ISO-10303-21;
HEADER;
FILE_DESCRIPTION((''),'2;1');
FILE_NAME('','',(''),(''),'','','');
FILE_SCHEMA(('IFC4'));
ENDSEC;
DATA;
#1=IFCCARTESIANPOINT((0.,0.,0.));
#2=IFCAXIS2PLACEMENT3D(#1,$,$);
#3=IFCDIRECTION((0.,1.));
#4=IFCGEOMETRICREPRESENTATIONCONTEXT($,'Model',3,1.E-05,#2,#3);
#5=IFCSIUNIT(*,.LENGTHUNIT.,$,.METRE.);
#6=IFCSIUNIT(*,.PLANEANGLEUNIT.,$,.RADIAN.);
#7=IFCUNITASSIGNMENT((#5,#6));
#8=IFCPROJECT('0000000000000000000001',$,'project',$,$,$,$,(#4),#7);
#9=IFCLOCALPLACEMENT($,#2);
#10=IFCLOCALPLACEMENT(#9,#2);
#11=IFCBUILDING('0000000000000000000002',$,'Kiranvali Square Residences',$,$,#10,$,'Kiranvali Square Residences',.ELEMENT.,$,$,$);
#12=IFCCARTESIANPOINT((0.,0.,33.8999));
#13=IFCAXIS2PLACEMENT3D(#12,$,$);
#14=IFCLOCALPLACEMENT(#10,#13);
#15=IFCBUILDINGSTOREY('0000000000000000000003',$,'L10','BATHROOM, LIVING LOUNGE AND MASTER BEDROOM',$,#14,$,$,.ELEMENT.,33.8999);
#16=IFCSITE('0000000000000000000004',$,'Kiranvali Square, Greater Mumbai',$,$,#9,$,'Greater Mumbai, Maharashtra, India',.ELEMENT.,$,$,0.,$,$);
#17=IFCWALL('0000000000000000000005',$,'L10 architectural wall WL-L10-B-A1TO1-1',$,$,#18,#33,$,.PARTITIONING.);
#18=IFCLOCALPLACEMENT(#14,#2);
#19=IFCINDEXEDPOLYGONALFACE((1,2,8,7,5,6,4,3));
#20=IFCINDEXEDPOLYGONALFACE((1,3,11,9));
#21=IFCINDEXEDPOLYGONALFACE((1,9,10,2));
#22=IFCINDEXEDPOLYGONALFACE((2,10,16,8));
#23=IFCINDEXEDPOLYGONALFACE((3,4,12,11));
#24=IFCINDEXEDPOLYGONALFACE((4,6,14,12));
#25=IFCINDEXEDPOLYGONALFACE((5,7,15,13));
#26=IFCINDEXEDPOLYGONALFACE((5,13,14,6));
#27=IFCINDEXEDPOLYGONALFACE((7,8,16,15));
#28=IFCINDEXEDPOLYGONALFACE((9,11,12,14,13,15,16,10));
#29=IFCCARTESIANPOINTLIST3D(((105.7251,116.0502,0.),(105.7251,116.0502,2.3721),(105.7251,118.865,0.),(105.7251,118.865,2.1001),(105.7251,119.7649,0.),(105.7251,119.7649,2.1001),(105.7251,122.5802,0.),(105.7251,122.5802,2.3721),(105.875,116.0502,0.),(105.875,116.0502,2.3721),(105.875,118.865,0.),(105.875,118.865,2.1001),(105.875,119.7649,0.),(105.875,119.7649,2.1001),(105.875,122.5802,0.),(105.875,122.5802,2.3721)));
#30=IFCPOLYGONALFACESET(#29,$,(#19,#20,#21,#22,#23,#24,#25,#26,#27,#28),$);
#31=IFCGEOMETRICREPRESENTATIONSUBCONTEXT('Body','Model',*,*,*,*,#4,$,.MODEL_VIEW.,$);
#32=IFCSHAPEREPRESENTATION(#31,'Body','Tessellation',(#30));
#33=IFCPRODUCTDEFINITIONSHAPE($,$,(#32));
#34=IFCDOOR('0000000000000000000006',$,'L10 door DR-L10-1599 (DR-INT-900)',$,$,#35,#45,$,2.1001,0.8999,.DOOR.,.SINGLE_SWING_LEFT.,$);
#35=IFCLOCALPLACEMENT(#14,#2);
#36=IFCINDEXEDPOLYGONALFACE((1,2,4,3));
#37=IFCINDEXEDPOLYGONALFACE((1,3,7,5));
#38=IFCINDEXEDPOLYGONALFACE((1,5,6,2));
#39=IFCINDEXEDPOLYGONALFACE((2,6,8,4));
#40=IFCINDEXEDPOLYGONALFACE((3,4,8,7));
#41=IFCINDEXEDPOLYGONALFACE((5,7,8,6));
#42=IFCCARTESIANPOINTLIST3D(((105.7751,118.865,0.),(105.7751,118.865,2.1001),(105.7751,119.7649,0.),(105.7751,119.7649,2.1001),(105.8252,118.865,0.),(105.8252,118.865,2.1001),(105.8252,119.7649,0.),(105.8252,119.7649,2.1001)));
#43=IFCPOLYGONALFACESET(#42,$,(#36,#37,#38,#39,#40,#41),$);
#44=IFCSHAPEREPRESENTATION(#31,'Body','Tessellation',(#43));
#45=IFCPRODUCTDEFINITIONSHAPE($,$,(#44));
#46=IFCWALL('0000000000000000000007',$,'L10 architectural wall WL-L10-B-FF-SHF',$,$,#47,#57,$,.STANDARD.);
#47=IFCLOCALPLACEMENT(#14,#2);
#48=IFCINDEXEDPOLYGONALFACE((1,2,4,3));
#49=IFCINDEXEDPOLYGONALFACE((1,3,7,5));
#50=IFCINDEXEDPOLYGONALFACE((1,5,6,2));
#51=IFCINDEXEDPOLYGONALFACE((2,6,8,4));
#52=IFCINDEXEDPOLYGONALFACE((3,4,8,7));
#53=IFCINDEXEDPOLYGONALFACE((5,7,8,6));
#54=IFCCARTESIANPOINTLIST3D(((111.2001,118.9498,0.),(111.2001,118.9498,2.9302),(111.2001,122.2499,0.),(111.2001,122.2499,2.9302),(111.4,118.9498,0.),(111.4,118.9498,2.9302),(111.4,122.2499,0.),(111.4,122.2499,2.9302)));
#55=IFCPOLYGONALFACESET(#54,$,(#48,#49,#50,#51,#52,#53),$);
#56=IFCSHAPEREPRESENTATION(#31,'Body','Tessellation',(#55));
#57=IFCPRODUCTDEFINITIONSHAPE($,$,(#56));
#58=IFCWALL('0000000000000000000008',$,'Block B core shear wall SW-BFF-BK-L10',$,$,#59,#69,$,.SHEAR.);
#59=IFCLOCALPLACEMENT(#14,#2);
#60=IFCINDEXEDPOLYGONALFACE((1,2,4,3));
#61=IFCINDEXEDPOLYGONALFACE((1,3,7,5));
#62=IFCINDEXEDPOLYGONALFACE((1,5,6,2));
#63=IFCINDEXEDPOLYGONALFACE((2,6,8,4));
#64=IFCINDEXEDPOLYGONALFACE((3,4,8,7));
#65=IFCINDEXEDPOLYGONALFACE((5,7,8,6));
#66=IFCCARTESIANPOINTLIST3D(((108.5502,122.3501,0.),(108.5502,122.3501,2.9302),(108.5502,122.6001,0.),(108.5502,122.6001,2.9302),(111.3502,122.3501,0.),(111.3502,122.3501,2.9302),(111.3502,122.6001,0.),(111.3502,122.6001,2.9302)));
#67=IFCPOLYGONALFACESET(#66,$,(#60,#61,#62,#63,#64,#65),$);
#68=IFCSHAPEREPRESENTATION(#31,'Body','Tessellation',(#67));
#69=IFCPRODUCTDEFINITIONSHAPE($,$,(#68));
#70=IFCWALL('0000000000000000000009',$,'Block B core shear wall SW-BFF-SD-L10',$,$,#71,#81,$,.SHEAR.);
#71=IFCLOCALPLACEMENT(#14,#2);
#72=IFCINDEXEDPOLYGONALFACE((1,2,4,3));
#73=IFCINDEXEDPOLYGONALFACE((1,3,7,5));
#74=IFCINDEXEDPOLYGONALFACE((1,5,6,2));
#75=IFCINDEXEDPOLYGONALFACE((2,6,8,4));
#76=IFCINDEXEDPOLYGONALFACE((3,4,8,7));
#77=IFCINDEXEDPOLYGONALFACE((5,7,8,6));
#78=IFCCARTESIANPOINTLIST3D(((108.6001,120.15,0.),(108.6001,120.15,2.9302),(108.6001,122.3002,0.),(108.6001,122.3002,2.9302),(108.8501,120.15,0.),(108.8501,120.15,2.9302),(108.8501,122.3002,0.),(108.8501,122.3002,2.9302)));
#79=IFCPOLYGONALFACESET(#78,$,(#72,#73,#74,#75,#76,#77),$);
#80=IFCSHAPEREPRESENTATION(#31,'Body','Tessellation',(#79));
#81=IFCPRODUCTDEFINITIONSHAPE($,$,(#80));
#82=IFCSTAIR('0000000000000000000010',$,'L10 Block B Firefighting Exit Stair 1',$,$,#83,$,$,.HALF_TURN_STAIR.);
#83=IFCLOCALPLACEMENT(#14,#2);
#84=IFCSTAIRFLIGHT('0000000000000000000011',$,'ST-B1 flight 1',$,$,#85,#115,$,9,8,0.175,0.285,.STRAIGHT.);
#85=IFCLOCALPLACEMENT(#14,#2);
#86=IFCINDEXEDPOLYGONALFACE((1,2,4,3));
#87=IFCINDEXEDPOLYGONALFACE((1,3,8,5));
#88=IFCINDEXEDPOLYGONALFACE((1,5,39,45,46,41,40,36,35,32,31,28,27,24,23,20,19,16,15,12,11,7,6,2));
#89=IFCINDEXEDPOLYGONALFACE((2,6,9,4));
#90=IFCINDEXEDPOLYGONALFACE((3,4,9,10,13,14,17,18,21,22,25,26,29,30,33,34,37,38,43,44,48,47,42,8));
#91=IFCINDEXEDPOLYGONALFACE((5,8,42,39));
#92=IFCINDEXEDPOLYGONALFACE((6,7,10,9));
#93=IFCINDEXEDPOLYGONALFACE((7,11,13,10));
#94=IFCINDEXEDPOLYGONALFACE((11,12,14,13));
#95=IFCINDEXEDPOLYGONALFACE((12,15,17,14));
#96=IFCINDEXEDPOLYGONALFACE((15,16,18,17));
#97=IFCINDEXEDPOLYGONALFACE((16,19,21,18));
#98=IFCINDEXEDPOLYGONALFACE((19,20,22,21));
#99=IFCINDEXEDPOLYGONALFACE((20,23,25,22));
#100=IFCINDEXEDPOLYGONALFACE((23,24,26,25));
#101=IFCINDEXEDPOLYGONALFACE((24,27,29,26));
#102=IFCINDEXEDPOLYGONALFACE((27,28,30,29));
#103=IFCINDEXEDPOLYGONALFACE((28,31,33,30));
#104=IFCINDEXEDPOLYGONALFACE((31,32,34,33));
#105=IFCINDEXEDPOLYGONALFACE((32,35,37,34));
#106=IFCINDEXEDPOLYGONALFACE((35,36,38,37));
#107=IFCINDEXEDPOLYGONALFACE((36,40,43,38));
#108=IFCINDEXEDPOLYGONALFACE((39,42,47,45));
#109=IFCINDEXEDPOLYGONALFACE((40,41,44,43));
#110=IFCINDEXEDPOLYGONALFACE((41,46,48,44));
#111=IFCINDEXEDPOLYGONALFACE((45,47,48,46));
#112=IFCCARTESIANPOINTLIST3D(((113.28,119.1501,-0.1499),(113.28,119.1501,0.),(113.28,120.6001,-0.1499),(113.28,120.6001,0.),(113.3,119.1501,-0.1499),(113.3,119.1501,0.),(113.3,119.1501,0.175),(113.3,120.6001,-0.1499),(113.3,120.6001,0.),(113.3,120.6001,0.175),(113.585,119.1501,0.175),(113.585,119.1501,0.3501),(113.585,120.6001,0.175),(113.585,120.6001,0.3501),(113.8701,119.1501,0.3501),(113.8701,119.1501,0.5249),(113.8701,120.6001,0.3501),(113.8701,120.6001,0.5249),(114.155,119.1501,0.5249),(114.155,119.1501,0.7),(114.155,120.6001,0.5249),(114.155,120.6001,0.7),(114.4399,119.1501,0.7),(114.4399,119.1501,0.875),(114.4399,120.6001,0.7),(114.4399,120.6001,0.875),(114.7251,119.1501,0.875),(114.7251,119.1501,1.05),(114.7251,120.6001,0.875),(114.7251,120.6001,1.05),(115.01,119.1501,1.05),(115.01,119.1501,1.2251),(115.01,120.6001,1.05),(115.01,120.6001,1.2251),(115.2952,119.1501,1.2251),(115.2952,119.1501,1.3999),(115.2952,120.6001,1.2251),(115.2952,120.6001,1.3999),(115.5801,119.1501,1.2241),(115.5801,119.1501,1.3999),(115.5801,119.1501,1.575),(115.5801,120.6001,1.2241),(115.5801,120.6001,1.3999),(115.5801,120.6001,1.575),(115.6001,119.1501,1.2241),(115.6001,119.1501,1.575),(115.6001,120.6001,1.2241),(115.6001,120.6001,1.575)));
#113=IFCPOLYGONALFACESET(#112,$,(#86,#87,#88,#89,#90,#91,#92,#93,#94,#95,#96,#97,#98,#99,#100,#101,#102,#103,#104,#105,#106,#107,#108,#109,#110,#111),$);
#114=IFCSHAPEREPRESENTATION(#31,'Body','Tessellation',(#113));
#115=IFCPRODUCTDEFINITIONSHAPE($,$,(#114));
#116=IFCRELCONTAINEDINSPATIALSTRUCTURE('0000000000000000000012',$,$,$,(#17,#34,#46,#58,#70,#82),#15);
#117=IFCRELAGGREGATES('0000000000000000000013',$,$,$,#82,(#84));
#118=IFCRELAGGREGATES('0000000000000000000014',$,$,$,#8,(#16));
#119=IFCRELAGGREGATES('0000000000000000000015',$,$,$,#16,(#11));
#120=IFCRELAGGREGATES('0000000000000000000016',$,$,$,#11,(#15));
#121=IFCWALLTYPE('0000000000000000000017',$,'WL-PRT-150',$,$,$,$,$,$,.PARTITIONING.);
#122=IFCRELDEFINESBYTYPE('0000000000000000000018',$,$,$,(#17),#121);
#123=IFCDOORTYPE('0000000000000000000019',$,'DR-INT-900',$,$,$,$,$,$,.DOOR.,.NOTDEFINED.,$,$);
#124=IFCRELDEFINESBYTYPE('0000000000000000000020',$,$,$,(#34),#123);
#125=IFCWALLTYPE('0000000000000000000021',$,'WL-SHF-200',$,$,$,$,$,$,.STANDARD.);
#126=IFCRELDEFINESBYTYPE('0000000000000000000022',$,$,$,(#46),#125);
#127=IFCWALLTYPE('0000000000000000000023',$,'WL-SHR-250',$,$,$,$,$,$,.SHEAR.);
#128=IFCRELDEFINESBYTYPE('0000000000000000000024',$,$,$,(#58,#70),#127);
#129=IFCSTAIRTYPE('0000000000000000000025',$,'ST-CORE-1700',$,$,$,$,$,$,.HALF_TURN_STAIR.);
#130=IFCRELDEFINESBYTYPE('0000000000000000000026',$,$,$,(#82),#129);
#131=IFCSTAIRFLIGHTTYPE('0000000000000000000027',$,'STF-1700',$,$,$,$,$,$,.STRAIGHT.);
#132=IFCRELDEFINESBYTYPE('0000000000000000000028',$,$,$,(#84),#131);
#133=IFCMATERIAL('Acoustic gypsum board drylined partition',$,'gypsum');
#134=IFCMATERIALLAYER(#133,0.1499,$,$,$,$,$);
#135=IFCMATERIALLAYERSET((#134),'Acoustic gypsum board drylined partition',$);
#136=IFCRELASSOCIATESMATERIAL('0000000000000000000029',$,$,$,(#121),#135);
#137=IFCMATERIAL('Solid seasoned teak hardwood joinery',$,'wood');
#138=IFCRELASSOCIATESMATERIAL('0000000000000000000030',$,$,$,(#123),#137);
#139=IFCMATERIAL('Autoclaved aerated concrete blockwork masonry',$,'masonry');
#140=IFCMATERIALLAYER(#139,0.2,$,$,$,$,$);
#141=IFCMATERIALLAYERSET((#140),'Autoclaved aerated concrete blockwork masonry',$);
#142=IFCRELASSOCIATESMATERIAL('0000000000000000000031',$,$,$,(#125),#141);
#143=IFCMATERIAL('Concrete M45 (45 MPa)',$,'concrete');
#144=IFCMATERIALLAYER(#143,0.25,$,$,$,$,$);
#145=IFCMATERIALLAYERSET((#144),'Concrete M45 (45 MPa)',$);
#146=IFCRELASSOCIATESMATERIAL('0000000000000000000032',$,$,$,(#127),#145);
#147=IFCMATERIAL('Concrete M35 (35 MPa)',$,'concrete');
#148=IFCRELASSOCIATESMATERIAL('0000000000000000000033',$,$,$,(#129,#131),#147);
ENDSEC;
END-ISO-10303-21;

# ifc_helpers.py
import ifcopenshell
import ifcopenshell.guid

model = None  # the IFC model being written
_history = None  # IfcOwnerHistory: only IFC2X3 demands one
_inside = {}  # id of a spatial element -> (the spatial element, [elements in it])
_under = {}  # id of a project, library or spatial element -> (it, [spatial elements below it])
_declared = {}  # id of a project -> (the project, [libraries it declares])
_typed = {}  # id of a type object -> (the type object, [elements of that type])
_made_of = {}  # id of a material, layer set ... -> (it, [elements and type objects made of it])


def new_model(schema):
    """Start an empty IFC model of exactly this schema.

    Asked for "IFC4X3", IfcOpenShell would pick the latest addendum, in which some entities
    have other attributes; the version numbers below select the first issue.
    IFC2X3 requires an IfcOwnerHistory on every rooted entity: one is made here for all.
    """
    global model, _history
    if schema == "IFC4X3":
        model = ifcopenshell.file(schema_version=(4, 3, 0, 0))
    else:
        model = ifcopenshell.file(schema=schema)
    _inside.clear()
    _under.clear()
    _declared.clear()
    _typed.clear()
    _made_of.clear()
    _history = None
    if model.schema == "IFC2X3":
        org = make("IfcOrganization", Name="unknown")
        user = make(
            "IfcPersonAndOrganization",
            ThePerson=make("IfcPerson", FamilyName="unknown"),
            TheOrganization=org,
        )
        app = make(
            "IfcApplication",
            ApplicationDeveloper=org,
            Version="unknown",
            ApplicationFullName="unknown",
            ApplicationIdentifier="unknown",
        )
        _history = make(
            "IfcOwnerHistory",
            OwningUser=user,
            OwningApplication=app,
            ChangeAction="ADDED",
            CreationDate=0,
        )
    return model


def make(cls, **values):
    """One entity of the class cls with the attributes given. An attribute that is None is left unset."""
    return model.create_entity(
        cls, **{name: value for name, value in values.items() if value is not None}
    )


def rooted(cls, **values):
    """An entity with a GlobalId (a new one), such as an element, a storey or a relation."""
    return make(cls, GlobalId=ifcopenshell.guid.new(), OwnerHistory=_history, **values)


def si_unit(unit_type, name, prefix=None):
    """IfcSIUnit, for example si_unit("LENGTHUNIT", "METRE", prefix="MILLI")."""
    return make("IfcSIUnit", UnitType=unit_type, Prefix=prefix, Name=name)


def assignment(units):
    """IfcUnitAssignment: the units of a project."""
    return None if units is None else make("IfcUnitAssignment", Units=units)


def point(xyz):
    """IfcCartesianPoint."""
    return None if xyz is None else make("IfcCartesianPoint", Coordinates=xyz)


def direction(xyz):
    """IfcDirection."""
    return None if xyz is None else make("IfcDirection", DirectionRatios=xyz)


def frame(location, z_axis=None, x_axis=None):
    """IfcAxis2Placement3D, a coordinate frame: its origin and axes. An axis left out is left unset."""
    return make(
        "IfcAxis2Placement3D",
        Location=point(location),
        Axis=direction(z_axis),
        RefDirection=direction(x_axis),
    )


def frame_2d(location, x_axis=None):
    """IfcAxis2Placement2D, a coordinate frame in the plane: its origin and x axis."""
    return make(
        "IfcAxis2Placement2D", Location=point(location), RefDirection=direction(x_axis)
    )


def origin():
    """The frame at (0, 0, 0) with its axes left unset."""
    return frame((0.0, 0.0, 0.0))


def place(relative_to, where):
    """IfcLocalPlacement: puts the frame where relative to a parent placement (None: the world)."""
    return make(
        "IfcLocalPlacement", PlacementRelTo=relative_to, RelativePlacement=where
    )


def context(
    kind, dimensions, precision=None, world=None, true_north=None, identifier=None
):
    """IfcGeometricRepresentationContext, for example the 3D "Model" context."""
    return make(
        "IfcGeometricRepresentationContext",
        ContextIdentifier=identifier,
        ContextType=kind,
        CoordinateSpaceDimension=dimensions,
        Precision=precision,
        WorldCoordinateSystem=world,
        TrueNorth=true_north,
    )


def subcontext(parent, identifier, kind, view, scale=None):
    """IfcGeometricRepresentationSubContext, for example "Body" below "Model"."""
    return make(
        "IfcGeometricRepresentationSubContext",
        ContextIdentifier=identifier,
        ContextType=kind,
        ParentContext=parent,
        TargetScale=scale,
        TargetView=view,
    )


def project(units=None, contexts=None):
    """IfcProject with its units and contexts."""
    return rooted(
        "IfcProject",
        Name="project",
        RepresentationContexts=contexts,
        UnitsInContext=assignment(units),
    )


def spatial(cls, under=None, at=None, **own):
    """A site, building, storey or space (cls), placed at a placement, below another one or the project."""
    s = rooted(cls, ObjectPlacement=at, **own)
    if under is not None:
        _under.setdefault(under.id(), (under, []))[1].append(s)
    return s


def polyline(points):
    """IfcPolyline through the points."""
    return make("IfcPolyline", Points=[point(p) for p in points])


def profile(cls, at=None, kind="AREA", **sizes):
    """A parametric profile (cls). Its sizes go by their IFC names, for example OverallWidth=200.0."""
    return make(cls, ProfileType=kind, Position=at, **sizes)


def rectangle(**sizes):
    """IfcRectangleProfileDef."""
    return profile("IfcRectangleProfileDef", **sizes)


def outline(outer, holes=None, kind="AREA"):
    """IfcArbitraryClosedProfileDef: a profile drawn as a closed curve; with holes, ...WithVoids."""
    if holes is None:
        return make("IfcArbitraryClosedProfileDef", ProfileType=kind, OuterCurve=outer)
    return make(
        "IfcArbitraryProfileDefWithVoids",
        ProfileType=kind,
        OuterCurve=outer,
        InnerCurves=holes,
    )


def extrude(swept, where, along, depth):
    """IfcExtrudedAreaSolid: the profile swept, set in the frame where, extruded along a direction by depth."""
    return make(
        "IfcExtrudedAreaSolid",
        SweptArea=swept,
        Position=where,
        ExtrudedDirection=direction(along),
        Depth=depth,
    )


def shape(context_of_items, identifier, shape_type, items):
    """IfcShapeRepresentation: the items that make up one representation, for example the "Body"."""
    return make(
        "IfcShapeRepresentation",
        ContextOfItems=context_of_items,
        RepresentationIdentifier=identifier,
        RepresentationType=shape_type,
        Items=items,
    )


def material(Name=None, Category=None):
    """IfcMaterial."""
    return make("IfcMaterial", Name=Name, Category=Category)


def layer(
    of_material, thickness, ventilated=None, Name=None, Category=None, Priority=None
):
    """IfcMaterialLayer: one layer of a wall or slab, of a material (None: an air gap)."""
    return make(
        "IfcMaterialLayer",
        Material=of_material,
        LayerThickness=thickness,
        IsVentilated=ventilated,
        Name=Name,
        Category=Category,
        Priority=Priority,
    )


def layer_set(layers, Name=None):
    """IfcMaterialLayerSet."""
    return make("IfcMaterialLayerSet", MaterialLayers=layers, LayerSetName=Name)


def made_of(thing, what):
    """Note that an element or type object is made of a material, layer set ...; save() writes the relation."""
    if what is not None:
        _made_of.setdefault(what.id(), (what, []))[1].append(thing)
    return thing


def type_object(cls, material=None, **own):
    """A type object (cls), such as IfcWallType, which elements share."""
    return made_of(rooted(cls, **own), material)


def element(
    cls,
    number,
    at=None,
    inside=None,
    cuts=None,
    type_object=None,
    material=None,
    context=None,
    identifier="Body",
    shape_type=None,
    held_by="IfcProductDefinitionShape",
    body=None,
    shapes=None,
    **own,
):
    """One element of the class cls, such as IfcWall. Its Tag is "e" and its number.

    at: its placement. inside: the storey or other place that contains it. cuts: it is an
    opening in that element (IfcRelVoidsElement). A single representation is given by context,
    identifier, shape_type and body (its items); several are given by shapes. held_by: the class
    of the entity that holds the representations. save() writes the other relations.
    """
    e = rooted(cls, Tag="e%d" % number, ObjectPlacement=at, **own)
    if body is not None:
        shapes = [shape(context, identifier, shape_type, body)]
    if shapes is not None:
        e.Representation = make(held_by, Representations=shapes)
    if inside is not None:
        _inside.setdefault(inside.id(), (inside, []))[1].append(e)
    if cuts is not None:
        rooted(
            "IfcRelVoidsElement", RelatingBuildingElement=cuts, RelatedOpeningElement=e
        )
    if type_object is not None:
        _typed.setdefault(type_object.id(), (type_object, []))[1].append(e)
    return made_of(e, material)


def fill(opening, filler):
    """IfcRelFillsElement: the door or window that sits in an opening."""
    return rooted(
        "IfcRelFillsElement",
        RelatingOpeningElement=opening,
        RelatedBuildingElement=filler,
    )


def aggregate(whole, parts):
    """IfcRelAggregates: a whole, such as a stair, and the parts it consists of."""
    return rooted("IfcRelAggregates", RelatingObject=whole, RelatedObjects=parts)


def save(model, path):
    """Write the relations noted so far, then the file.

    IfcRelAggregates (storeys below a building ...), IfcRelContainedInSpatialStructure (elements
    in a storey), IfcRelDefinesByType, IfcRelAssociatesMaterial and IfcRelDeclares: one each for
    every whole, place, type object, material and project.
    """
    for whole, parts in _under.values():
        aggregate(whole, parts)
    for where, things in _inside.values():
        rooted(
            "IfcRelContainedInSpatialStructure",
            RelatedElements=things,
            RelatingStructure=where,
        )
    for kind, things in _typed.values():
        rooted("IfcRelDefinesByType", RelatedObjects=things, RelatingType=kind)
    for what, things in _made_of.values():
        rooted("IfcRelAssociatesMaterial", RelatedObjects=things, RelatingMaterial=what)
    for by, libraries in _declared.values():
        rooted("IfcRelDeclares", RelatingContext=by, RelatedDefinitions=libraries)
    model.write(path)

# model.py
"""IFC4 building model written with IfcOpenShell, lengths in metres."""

from ifc_helpers import new_model, si_unit, direction, frame, frame_2d, origin, place, context, subcontext, project, spatial, polyline, rectangle, outline, extrude, material, layer, layer_set, type_object, element, fill, aggregate, save


model = new_model("IFC4")

# Units and contexts
model_context = context("Model", 3, precision=1e-05, world=origin(), true_north=direction((0.0, 1.0)))
body_context = subcontext(model_context, "Body", "Model", "MODEL_VIEW")
ifc_project = project(units=[si_unit("LENGTHUNIT", "METRE"), si_unit("PLANEANGLEUNIT", "RADIAN")], contexts=[model_context])

# Site, building, storey
site_placement = place(None, origin())
site = spatial("IfcSite", under=ifc_project, at=site_placement, Name="Kiranvali Square, Greater Mumbai", LongName="Greater Mumbai, Maharashtra, India", CompositionType="ELEMENT", RefElevation=0.0)
building_placement = place(site_placement, origin())
building = spatial("IfcBuilding", under=site, at=building_placement, Name="Kiranvali Square Residences", LongName="Kiranvali Square Residences", CompositionType="ELEMENT")
storey_placement = place(building_placement, frame((0.0, 0.0, 33.8999)))
storey = spatial("IfcBuildingStorey", under=building, at=storey_placement, Name="L10", Description="BATHROOM, LIVING LOUNGE AND MASTER BEDROOM", CompositionType="ELEMENT", Elevation=33.8999)

# Shared definitions
ifc_material_1 = material(Name="Concrete M45 (45 MPa)", Category="concrete")

# Shared definitions
ifc_material_2 = material(Name="Autoclaved aerated concrete blockwork masonry", Category="masonry")

# Wall, opening, door
ifc_material_3 = material(Name="Acoustic gypsum board drylined partition", Category="gypsum")
ifc_layer_1 = layer(ifc_material_3, 0.1499)
ifc_layer_set_1 = layer_set([ifc_layer_1], Name="Acoustic gypsum board drylined partition")
wall_type_1 = type_object("IfcWallType", Name="WL-PRT-150", PredefinedType="PARTITIONING", material=ifc_layer_set_1)
wall_1_placement = place(storey_placement, frame((105.8, 116.05, 0.0), z_axis=(0.0, 0.0, 1.0), x_axis=(0.0, 1.0, 0.0)))
wall_1 = element("IfcWall", 1, at=wall_1_placement, inside=storey, type_object=wall_type_1, Name="L10 architectural wall WL-L10-B-A1TO1-1", PredefinedType="PARTITIONING", context=body_context, shape_type="SweptSolid", body=[
    extrude(rectangle(XDim=6.53, YDim=0.1499, at=frame_2d((3.2651, 0.0))), origin(), (0.0, 0.0, 1.0), 2.3721),
])
opening_1_placement = place(wall_1_placement, frame((2.8149, 0.0, 0.0)))
opening_1 = element("IfcOpeningElement", 2, at=opening_1_placement, cuts=wall_1, PredefinedType="OPENING", context=body_context, shape_type="SweptSolid", body=[
    extrude(rectangle(XDim=0.8999, YDim=2.1001, at=frame_2d((0.45, 1.05))), frame((0.0, 0.085, 0.0), z_axis=(0.0, -1.0, 0.0), x_axis=(1.0, 0.0, 0.0)), (0.0, 0.0, 1.0), 0.1699),
])
ifc_material_4 = material(Name="Solid seasoned teak hardwood joinery", Category="wood")
door_type_1 = type_object("IfcDoorType", Name="DR-INT-900", OperationType="NOTDEFINED", PredefinedType="DOOR", material=ifc_material_4)
door_1_placement = place(opening_1_placement, origin())
door_1 = element("IfcDoor", 3, at=door_1_placement, inside=storey, type_object=door_type_1, Name="L10 door DR-L10-1599 (DR-INT-900)", OperationType="SINGLE_SWING_LEFT", OverallHeight=2.1001, OverallWidth=0.8999, PredefinedType="DOOR", context=body_context, shape_type="SweptSolid", body=[
    extrude(rectangle(XDim=0.8999, YDim=2.1001, at=frame_2d((0.45, 1.05))), frame((0.0, 0.0249, 0.0), z_axis=(0.0, -1.0, 0.0), x_axis=(1.0, 0.0, 0.0)), (0.0, 0.0, 1.0), 0.05),
])
fill(opening_1, door_1)

# Walls
ifc_layer_2 = layer(ifc_material_2, 0.2)
ifc_layer_set_2 = layer_set([ifc_layer_2], Name="Autoclaved aerated concrete blockwork masonry")
wall_type_2 = type_object("IfcWallType", Name="WL-SHF-200", PredefinedType="STANDARD", material=ifc_layer_set_2)
wall_2_placement = place(storey_placement, frame((111.3, 118.95, 0.0), z_axis=(0.0, 0.0, 1.0), x_axis=(0.0, 1.0, 0.0)))
element("IfcWall", 4, at=wall_2_placement, inside=storey, type_object=wall_type_2, Name="L10 architectural wall WL-L10-B-FF-SHF", PredefinedType="STANDARD", context=body_context, shape_type="SweptSolid", body=[
    extrude(rectangle(XDim=3.3, YDim=0.2, at=frame_2d((1.6499, 0.0))), origin(), (0.0, 0.0, 1.0), 2.9302),
])
ifc_layer_3 = layer(ifc_material_1, 0.25)
ifc_layer_set_3 = layer_set([ifc_layer_3], Name="Concrete M45 (45 MPa)")
wall_type_3 = type_object("IfcWallType", Name="WL-SHR-250", PredefinedType="SHEAR", material=ifc_layer_set_3)
wall_3_placement = place(storey_placement, frame((111.3501, 122.4751, 0.0), z_axis=(0.0, 0.0, 1.0), x_axis=(-1.0, 0.0, 0.0)))
element("IfcWall", 5, at=wall_3_placement, inside=storey, type_object=wall_type_3, Name="Block B core shear wall SW-BFF-BK-L10", PredefinedType="SHEAR", context=body_context, shape_type="SweptSolid", body=[
    extrude(rectangle(XDim=2.8, YDim=0.25, at=frame_2d((1.3999, 0.0))), origin(), (0.0, 0.0, 1.0), 2.9302),
])
wall_4_placement = place(storey_placement, frame((108.7251, 120.1499, 0.0), z_axis=(0.0, 0.0, 1.0), x_axis=(0.0, 1.0, 0.0)))
element("IfcWall", 6, at=wall_4_placement, inside=storey, type_object=wall_type_3, Name="Block B core shear wall SW-BFF-SD-L10", PredefinedType="SHEAR", context=body_context, shape_type="SweptSolid", body=[
    extrude(rectangle(XDim=2.1501, YDim=0.25, at=frame_2d((1.0752, 0.0))), origin(), (0.0, 0.0, 1.0), 2.9302),
])

# Stair, stair flight
ifc_material_5 = material(Name="Concrete M35 (35 MPa)", Category="concrete")
stair_type = type_object("IfcStairType", Name="ST-CORE-1700", PredefinedType="HALF_TURN_STAIR", material=ifc_material_5)
stair_placement = place(storey_placement, origin())
stair = element("IfcStair", 7, at=stair_placement, inside=storey, type_object=stair_type, Name="L10 Block B Firefighting Exit Stair 1", PredefinedType="HALF_TURN_STAIR")
stair_flight_type = type_object("IfcStairFlightType", Name="STF-1700", PredefinedType="STRAIGHT", material=ifc_material_5)
stair_flight_placement = place(storey_placement, frame((113.3, 119.875, 0.0), z_axis=(0.0, 0.0, 1.0), x_axis=(1.0, 0.0, 0.0)))
stair_flight = element("IfcStairFlight", 8, at=stair_flight_placement, type_object=stair_flight_type, Name="ST-B1 flight 1", NumberOfRisers=9, NumberOfTreads=8, PredefinedType="STRAIGHT", RiserHeight=0.175, TreadLength=0.285, context=body_context, shape_type="SweptSolid", body=[
    extrude(outline(polyline([(-0.02, -0.1499), (-0.02, 0.0), (0.0, 0.0), (0.0, 0.175), (0.2849, 0.175), (0.2849, 0.3501), (0.5701, 0.3501), (0.5701, 0.5249), (0.855, 0.5249), (0.855, 0.7), (1.1399, 0.7), (1.1399, 0.875), (1.425, 0.875), (1.425, 1.05), (1.71, 1.05), (1.71, 1.2251), (1.9951, 1.2251), (1.9951, 1.3999), (2.28, 1.3999), (2.28, 1.575), (2.3, 1.575), (2.3, 1.2241), (2.28, 1.2241), (0.0, -0.1499), (-0.02, -0.1499)])), frame((0.0, 0.7251, 0.0), z_axis=(0.0, -1.0, 0.0), x_axis=(1.0, 0.0, 0.0)), (0.0, 0.0, 1.0), 1.45),
])
aggregate(stair, [stair_flight])

save(model, "model.ifc")
